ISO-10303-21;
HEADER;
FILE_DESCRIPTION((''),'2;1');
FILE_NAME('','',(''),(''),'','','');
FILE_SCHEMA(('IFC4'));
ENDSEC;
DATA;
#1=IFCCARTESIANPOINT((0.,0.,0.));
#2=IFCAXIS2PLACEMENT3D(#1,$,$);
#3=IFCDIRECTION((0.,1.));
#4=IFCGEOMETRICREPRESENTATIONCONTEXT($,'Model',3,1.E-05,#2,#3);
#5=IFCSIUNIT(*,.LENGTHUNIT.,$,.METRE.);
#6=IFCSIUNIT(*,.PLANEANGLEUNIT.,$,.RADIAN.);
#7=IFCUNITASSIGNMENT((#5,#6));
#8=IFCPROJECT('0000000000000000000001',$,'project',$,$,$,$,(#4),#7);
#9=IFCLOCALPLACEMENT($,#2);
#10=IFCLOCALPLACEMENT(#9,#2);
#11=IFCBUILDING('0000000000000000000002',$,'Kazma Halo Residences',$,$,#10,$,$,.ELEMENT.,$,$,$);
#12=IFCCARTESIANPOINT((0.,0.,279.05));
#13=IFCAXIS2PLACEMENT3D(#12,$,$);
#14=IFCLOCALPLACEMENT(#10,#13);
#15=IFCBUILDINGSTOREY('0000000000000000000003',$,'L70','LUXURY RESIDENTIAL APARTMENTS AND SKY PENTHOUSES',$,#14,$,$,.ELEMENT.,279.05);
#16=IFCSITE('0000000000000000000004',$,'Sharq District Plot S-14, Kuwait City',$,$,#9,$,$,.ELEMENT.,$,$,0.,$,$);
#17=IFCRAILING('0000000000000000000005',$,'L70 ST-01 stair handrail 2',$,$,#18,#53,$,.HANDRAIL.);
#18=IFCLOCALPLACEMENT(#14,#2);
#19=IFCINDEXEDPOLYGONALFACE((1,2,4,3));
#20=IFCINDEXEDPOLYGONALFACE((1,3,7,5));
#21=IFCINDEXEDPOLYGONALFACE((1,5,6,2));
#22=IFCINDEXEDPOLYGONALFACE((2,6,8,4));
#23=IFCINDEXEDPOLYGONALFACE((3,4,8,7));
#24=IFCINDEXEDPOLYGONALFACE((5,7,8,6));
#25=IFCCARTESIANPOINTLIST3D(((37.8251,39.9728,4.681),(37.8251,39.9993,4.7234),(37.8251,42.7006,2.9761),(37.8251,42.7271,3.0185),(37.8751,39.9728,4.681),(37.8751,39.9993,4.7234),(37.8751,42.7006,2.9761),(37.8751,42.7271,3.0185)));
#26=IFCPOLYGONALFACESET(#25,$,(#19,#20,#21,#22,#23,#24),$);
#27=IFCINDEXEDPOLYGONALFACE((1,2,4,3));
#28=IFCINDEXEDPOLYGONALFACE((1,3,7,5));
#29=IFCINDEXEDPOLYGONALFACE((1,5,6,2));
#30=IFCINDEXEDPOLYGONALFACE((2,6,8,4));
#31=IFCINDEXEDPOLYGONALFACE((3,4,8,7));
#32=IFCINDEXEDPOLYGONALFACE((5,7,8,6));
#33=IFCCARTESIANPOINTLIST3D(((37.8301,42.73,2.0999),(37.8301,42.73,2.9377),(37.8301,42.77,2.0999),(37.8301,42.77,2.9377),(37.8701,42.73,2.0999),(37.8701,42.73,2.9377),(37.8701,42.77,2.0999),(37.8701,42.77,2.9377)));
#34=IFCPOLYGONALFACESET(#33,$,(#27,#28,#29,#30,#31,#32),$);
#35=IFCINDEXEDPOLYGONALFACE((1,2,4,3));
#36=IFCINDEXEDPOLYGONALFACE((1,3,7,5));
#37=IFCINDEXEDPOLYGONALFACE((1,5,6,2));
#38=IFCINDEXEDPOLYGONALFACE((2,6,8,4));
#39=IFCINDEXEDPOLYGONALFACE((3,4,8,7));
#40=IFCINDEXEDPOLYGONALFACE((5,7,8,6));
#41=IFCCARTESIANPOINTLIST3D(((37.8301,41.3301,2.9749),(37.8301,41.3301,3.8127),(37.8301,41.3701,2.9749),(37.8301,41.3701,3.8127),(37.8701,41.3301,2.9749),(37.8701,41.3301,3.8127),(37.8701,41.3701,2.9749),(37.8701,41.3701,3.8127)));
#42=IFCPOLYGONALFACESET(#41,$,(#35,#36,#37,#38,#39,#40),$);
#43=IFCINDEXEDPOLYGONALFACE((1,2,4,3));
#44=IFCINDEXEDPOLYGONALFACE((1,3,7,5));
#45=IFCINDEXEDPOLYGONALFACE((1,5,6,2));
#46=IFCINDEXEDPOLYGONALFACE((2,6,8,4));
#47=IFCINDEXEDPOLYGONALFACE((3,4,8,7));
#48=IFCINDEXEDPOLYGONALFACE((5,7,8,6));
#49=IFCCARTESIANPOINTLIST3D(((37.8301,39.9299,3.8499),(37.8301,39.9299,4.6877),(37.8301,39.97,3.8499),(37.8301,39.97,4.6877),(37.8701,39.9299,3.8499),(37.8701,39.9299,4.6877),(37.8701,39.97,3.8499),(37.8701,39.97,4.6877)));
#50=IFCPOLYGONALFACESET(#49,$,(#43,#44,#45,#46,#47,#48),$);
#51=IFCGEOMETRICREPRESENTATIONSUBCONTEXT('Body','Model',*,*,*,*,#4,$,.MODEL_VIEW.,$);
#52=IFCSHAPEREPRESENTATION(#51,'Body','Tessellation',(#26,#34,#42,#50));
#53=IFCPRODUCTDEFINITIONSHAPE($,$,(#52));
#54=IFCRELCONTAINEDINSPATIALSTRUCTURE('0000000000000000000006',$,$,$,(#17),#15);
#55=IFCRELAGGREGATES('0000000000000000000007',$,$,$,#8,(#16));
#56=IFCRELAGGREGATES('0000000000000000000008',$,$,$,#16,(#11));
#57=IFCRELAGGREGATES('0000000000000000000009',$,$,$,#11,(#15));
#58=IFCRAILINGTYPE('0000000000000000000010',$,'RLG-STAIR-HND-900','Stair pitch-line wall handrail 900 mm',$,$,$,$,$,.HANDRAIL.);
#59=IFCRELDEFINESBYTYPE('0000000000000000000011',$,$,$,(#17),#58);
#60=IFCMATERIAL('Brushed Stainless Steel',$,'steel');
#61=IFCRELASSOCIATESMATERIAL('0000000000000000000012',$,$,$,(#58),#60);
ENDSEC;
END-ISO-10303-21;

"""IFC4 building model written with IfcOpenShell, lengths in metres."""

from ifc_helpers import new_model, si_unit, direction, frame, origin, origin_2d, place, context, subcontext, project, spatial, rectangle, extrude, material, type_object, element, save


model = new_model("IFC4")

# Units and contexts
model_context = context("Model", 3, precision=1e-05, world=origin(), true_north=direction((0.0, 1.0)))
body_context = subcontext(model_context, "Body", "Model", "MODEL_VIEW")
ifc_project = project(units=[si_unit("LENGTHUNIT", "METRE"), si_unit("PLANEANGLEUNIT", "RADIAN")], contexts=[model_context])

# Site, building, storey
site_placement = place(None, origin())
site = spatial("IfcSite", under=ifc_project, at=site_placement, Name="Sharq District Plot S-14, Kuwait City", CompositionType="ELEMENT", RefElevation=0.0)
building_placement = place(site_placement, origin())
building = spatial("IfcBuilding", under=site, at=building_placement, Name="Kazma Halo Residences", CompositionType="ELEMENT")
storey_placement = place(building_placement, frame((0.0, 0.0, 279.05)))
storey = spatial("IfcBuildingStorey", under=building, at=storey_placement, Name="L70", Description="LUXURY RESIDENTIAL APARTMENTS AND SKY PENTHOUSES", CompositionType="ELEMENT", Elevation=279.05)

# Railing
ifc_material_1 = material(Name="Brushed Stainless Steel", Category="steel")
railing_type_1 = type_object("IfcRailingType", Name="RLG-STAIR-HND-900", Description="Stair pitch-line wall handrail 900 mm", PredefinedType="HANDRAIL", material=ifc_material_1)
railing_1_placement = place(storey_placement, frame((37.8501, 42.75, 2.0999)))
element("IfcRailing", 1, at=railing_1_placement, inside=storey, type_object=railing_type_1, Name="L70 ST-01 stair handrail 2", PredefinedType="HANDRAIL", context=body_context, shape_type="SweptSolid", body=[
    extrude(rectangle(XDim=0.05, YDim=0.05, at=origin_2d()), frame((0.0, -0.0361, 0.8975), z_axis=(0.0, -0.848002, 0.529992), x_axis=(1.0, 0.0, 0.0)), (0.0, 0.0, 1.0), 3.2168),
    extrude(rectangle(XDim=0.04, YDim=0.04, at=origin_2d()), origin(), (0.0, 0.0, 1.0), 0.8379),
    extrude(rectangle(XDim=0.04, YDim=0.04, at=origin_2d()), frame((0.0, -1.3999, 0.875)), (0.0, 0.0, 1.0), 0.8379),
    extrude(rectangle(XDim=0.04, YDim=0.04, at=origin_2d()), frame((0.0, -2.8, 1.75)), (0.0, 0.0, 1.0), 0.8379),
])

save(model, "model.ifc")
